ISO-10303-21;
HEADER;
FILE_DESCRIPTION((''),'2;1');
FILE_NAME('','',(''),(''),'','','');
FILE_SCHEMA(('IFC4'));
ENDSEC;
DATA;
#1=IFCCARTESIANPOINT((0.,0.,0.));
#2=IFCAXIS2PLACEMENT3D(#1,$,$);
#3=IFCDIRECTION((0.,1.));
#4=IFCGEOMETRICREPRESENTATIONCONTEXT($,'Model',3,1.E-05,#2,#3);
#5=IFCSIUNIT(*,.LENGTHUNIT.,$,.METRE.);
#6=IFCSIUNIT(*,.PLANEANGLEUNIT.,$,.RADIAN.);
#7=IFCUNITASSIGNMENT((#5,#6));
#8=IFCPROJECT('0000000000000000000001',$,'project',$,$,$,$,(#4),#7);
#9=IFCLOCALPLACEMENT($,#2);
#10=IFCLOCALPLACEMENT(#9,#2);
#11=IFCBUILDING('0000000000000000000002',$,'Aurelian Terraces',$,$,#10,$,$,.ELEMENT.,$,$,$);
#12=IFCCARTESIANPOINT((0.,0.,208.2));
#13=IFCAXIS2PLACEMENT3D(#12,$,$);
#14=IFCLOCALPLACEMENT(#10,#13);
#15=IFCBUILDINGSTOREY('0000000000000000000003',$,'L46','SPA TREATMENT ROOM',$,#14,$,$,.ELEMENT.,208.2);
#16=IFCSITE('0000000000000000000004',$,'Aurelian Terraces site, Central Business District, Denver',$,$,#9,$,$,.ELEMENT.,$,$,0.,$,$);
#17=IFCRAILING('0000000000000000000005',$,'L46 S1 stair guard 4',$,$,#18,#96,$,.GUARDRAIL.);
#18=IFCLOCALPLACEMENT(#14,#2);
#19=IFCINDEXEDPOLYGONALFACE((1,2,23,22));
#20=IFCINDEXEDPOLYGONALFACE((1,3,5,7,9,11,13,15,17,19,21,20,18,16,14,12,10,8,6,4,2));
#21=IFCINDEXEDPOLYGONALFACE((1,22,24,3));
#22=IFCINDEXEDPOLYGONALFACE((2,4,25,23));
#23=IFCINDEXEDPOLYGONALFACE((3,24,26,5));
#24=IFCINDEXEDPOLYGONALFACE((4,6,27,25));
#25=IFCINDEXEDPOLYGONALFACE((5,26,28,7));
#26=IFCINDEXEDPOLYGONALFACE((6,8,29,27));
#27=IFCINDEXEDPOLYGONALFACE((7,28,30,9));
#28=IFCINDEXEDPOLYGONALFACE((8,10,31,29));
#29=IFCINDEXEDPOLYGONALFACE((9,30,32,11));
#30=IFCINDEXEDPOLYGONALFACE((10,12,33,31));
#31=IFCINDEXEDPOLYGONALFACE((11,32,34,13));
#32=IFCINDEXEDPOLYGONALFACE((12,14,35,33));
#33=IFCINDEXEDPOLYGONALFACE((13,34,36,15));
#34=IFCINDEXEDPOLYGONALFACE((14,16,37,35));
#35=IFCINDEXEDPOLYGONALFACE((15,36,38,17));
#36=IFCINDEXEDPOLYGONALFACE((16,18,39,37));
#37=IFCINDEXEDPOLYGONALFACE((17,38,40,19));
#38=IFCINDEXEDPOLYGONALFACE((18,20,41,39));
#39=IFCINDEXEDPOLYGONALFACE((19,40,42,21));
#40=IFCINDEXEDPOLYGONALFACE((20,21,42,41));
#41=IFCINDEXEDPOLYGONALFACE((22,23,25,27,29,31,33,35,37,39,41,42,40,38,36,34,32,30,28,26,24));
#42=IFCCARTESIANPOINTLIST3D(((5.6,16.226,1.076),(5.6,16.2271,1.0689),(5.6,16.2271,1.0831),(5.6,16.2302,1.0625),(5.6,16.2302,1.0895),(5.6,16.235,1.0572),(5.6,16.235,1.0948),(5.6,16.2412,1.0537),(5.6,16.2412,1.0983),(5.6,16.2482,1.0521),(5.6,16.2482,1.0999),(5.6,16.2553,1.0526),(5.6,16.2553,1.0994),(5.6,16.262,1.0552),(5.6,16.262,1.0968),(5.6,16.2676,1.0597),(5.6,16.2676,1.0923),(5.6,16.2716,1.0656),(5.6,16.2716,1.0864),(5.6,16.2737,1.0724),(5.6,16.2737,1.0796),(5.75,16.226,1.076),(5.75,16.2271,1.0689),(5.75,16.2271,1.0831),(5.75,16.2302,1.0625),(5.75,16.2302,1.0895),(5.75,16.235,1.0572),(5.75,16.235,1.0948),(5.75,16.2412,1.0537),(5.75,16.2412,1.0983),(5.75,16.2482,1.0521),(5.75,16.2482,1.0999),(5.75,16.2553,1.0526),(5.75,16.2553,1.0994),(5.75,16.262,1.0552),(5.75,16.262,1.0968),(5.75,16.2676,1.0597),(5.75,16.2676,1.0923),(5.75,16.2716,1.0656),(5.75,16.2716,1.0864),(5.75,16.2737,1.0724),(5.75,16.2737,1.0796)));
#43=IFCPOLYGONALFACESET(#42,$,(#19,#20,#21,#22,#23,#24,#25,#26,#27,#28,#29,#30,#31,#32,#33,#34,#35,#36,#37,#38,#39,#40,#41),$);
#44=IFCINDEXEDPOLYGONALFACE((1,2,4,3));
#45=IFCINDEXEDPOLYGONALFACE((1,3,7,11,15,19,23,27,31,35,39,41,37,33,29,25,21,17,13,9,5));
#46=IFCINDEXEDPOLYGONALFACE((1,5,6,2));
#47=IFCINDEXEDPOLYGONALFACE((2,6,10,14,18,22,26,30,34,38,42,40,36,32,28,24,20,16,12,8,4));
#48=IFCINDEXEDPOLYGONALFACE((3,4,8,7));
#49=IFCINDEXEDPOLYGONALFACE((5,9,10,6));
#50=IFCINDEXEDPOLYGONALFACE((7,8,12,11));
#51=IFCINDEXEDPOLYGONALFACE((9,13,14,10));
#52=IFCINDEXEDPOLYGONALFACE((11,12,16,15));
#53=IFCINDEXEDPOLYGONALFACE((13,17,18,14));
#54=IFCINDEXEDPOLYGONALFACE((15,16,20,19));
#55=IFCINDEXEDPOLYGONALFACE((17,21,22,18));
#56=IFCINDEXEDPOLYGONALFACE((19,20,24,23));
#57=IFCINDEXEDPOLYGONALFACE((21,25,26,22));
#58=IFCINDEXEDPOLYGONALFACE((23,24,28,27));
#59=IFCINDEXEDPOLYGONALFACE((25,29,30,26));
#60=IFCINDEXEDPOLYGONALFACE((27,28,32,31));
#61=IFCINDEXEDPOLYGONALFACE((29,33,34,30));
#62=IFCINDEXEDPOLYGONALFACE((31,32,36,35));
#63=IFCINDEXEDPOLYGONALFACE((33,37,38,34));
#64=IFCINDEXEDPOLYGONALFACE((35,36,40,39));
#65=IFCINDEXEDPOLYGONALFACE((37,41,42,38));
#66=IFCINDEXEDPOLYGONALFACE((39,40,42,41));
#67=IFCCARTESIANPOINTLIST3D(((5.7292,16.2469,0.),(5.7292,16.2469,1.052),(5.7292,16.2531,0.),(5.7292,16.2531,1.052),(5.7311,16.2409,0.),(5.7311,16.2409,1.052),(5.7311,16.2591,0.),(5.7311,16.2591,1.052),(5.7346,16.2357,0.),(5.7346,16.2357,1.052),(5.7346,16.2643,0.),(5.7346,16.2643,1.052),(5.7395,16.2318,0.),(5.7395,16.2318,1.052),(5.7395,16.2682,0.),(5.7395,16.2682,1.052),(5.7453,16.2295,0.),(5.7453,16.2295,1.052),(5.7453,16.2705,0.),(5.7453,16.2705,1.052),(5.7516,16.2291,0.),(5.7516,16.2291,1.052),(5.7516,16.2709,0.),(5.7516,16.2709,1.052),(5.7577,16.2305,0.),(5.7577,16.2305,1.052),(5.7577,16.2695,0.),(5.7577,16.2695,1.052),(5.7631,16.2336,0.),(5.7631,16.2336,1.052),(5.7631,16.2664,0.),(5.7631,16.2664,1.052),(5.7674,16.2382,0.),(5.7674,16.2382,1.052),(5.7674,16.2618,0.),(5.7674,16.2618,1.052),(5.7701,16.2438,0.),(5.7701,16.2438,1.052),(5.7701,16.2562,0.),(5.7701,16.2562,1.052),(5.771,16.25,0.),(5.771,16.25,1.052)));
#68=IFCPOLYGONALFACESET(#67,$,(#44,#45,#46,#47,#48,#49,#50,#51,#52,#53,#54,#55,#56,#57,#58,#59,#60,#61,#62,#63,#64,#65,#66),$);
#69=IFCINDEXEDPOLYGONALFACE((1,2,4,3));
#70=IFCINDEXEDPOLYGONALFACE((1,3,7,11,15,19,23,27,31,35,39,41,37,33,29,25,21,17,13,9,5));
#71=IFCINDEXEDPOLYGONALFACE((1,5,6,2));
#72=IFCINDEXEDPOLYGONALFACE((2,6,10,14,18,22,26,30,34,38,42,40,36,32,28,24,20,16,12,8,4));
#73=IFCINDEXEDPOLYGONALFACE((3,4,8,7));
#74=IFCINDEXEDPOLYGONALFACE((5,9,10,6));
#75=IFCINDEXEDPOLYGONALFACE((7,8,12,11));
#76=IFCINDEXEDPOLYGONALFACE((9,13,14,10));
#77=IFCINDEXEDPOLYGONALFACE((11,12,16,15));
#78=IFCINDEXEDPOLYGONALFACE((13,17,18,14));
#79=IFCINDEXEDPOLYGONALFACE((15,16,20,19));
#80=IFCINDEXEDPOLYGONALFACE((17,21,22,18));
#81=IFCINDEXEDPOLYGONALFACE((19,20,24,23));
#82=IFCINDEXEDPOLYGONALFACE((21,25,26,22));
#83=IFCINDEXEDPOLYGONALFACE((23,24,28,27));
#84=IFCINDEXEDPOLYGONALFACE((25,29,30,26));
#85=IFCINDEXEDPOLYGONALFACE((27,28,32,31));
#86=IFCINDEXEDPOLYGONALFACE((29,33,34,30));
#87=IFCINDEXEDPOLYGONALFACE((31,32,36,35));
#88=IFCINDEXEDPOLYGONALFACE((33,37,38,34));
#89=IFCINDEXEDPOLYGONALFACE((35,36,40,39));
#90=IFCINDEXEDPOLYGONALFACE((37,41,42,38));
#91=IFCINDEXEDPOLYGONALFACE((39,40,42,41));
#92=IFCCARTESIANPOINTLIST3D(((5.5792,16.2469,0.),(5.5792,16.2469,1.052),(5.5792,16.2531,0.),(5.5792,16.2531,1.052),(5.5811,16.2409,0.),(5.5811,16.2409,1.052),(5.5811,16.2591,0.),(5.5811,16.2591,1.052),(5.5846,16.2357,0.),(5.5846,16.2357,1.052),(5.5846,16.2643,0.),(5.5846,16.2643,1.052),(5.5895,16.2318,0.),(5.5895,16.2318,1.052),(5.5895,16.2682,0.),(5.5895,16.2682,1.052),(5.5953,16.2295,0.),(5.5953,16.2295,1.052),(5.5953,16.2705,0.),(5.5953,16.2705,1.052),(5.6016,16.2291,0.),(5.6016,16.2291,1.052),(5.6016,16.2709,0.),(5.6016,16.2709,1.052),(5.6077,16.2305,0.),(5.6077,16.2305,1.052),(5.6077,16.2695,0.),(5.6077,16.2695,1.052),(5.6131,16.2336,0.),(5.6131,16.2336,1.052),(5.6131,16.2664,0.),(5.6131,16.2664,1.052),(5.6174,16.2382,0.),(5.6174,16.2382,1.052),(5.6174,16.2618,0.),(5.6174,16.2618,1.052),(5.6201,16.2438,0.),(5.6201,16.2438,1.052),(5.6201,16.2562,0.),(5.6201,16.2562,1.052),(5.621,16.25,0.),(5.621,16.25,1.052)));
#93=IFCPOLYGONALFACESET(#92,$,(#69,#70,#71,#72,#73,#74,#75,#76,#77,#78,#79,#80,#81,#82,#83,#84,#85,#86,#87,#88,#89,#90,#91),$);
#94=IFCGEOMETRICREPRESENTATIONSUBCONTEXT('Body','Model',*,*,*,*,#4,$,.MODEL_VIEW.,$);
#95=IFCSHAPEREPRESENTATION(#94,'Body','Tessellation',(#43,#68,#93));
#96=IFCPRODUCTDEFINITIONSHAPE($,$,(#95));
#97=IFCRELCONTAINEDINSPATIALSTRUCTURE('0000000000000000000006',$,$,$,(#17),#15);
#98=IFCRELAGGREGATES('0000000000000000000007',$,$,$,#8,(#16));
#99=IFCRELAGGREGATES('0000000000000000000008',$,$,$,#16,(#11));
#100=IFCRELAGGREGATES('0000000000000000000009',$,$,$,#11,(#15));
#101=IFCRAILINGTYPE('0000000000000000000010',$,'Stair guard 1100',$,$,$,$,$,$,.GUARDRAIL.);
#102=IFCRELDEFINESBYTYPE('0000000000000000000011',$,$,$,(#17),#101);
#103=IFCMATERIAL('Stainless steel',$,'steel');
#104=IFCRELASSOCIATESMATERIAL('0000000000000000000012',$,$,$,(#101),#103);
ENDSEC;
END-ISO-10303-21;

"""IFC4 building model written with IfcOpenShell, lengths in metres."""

from ifc_helpers import new_model, si_unit, direction, frame, origin, origin_2d, place, context, subcontext, project, spatial, circle, extrude, source, transform, mapped, material, type_object, element, save


model = new_model("IFC4")

# Units and contexts
model_context = context("Model", 3, precision=1e-05, world=origin(), true_north=direction((0.0, 1.0)))
body_context = subcontext(model_context, "Body", "Model", "MODEL_VIEW")
ifc_project = project(units=[si_unit("LENGTHUNIT", "METRE"), si_unit("PLANEANGLEUNIT", "RADIAN")], contexts=[model_context])

# Site, building, storey
site_placement = place(None, origin())
site = spatial("IfcSite", under=ifc_project, at=site_placement, Name="Aurelian Terraces site, Central Business District, Denver", CompositionType="ELEMENT", RefElevation=0.0)
building_placement = place(site_placement, origin())
building = spatial("IfcBuilding", under=site, at=building_placement, Name="Aurelian Terraces", CompositionType="ELEMENT")
storey_placement = place(building_placement, frame((0.0, 0.0, 208.2)))
storey = spatial("IfcBuildingStorey", under=building, at=storey_placement, Name="L46", Description="SPA TREATMENT ROOM", CompositionType="ELEMENT", Elevation=208.2)

# Railing
ifc_material_1 = material(Name="Stainless steel", Category="steel")
railing_type_1 = type_object("IfcRailingType", Name="Stair guard 1100", PredefinedType="GUARDRAIL", material=ifc_material_1)
shared_shape_1 = source(origin(), body_context, "Body", "SweptSolid", [
    extrude(circle(Radius=0.024, at=origin_2d()), frame((0.0, 0.0, 1.076), z_axis=(-1.0, 0.0, 0.0), x_axis=(0.0, -1.0, 0.0)), (0.0, 0.0, 1.0), 0.15),
    extrude(circle(Radius=0.021, at=origin_2d()), origin(), (0.0, 0.0, 1.0), 1.052),
    extrude(circle(Radius=0.021, at=origin_2d()), frame((-0.15, 0.0, 0.0)), (0.0, 0.0, 1.0), 1.052),
])
for number, where, name in (
    (1, (5.75, 16.25, 0.0), "L46 S1 stair guard 4"),
):
    element("IfcRailing", number, at=place(storey_placement, frame(where)), inside=storey, type_object=railing_type_1, Name=name, PredefinedType="GUARDRAIL", context=body_context, shape_type="MappedRepresentation", body=[
        mapped(shared_shape_1, transform((0.0, 0.0, 0.0), scale=1.0)),
    ])

save(model, "model.ifc")
